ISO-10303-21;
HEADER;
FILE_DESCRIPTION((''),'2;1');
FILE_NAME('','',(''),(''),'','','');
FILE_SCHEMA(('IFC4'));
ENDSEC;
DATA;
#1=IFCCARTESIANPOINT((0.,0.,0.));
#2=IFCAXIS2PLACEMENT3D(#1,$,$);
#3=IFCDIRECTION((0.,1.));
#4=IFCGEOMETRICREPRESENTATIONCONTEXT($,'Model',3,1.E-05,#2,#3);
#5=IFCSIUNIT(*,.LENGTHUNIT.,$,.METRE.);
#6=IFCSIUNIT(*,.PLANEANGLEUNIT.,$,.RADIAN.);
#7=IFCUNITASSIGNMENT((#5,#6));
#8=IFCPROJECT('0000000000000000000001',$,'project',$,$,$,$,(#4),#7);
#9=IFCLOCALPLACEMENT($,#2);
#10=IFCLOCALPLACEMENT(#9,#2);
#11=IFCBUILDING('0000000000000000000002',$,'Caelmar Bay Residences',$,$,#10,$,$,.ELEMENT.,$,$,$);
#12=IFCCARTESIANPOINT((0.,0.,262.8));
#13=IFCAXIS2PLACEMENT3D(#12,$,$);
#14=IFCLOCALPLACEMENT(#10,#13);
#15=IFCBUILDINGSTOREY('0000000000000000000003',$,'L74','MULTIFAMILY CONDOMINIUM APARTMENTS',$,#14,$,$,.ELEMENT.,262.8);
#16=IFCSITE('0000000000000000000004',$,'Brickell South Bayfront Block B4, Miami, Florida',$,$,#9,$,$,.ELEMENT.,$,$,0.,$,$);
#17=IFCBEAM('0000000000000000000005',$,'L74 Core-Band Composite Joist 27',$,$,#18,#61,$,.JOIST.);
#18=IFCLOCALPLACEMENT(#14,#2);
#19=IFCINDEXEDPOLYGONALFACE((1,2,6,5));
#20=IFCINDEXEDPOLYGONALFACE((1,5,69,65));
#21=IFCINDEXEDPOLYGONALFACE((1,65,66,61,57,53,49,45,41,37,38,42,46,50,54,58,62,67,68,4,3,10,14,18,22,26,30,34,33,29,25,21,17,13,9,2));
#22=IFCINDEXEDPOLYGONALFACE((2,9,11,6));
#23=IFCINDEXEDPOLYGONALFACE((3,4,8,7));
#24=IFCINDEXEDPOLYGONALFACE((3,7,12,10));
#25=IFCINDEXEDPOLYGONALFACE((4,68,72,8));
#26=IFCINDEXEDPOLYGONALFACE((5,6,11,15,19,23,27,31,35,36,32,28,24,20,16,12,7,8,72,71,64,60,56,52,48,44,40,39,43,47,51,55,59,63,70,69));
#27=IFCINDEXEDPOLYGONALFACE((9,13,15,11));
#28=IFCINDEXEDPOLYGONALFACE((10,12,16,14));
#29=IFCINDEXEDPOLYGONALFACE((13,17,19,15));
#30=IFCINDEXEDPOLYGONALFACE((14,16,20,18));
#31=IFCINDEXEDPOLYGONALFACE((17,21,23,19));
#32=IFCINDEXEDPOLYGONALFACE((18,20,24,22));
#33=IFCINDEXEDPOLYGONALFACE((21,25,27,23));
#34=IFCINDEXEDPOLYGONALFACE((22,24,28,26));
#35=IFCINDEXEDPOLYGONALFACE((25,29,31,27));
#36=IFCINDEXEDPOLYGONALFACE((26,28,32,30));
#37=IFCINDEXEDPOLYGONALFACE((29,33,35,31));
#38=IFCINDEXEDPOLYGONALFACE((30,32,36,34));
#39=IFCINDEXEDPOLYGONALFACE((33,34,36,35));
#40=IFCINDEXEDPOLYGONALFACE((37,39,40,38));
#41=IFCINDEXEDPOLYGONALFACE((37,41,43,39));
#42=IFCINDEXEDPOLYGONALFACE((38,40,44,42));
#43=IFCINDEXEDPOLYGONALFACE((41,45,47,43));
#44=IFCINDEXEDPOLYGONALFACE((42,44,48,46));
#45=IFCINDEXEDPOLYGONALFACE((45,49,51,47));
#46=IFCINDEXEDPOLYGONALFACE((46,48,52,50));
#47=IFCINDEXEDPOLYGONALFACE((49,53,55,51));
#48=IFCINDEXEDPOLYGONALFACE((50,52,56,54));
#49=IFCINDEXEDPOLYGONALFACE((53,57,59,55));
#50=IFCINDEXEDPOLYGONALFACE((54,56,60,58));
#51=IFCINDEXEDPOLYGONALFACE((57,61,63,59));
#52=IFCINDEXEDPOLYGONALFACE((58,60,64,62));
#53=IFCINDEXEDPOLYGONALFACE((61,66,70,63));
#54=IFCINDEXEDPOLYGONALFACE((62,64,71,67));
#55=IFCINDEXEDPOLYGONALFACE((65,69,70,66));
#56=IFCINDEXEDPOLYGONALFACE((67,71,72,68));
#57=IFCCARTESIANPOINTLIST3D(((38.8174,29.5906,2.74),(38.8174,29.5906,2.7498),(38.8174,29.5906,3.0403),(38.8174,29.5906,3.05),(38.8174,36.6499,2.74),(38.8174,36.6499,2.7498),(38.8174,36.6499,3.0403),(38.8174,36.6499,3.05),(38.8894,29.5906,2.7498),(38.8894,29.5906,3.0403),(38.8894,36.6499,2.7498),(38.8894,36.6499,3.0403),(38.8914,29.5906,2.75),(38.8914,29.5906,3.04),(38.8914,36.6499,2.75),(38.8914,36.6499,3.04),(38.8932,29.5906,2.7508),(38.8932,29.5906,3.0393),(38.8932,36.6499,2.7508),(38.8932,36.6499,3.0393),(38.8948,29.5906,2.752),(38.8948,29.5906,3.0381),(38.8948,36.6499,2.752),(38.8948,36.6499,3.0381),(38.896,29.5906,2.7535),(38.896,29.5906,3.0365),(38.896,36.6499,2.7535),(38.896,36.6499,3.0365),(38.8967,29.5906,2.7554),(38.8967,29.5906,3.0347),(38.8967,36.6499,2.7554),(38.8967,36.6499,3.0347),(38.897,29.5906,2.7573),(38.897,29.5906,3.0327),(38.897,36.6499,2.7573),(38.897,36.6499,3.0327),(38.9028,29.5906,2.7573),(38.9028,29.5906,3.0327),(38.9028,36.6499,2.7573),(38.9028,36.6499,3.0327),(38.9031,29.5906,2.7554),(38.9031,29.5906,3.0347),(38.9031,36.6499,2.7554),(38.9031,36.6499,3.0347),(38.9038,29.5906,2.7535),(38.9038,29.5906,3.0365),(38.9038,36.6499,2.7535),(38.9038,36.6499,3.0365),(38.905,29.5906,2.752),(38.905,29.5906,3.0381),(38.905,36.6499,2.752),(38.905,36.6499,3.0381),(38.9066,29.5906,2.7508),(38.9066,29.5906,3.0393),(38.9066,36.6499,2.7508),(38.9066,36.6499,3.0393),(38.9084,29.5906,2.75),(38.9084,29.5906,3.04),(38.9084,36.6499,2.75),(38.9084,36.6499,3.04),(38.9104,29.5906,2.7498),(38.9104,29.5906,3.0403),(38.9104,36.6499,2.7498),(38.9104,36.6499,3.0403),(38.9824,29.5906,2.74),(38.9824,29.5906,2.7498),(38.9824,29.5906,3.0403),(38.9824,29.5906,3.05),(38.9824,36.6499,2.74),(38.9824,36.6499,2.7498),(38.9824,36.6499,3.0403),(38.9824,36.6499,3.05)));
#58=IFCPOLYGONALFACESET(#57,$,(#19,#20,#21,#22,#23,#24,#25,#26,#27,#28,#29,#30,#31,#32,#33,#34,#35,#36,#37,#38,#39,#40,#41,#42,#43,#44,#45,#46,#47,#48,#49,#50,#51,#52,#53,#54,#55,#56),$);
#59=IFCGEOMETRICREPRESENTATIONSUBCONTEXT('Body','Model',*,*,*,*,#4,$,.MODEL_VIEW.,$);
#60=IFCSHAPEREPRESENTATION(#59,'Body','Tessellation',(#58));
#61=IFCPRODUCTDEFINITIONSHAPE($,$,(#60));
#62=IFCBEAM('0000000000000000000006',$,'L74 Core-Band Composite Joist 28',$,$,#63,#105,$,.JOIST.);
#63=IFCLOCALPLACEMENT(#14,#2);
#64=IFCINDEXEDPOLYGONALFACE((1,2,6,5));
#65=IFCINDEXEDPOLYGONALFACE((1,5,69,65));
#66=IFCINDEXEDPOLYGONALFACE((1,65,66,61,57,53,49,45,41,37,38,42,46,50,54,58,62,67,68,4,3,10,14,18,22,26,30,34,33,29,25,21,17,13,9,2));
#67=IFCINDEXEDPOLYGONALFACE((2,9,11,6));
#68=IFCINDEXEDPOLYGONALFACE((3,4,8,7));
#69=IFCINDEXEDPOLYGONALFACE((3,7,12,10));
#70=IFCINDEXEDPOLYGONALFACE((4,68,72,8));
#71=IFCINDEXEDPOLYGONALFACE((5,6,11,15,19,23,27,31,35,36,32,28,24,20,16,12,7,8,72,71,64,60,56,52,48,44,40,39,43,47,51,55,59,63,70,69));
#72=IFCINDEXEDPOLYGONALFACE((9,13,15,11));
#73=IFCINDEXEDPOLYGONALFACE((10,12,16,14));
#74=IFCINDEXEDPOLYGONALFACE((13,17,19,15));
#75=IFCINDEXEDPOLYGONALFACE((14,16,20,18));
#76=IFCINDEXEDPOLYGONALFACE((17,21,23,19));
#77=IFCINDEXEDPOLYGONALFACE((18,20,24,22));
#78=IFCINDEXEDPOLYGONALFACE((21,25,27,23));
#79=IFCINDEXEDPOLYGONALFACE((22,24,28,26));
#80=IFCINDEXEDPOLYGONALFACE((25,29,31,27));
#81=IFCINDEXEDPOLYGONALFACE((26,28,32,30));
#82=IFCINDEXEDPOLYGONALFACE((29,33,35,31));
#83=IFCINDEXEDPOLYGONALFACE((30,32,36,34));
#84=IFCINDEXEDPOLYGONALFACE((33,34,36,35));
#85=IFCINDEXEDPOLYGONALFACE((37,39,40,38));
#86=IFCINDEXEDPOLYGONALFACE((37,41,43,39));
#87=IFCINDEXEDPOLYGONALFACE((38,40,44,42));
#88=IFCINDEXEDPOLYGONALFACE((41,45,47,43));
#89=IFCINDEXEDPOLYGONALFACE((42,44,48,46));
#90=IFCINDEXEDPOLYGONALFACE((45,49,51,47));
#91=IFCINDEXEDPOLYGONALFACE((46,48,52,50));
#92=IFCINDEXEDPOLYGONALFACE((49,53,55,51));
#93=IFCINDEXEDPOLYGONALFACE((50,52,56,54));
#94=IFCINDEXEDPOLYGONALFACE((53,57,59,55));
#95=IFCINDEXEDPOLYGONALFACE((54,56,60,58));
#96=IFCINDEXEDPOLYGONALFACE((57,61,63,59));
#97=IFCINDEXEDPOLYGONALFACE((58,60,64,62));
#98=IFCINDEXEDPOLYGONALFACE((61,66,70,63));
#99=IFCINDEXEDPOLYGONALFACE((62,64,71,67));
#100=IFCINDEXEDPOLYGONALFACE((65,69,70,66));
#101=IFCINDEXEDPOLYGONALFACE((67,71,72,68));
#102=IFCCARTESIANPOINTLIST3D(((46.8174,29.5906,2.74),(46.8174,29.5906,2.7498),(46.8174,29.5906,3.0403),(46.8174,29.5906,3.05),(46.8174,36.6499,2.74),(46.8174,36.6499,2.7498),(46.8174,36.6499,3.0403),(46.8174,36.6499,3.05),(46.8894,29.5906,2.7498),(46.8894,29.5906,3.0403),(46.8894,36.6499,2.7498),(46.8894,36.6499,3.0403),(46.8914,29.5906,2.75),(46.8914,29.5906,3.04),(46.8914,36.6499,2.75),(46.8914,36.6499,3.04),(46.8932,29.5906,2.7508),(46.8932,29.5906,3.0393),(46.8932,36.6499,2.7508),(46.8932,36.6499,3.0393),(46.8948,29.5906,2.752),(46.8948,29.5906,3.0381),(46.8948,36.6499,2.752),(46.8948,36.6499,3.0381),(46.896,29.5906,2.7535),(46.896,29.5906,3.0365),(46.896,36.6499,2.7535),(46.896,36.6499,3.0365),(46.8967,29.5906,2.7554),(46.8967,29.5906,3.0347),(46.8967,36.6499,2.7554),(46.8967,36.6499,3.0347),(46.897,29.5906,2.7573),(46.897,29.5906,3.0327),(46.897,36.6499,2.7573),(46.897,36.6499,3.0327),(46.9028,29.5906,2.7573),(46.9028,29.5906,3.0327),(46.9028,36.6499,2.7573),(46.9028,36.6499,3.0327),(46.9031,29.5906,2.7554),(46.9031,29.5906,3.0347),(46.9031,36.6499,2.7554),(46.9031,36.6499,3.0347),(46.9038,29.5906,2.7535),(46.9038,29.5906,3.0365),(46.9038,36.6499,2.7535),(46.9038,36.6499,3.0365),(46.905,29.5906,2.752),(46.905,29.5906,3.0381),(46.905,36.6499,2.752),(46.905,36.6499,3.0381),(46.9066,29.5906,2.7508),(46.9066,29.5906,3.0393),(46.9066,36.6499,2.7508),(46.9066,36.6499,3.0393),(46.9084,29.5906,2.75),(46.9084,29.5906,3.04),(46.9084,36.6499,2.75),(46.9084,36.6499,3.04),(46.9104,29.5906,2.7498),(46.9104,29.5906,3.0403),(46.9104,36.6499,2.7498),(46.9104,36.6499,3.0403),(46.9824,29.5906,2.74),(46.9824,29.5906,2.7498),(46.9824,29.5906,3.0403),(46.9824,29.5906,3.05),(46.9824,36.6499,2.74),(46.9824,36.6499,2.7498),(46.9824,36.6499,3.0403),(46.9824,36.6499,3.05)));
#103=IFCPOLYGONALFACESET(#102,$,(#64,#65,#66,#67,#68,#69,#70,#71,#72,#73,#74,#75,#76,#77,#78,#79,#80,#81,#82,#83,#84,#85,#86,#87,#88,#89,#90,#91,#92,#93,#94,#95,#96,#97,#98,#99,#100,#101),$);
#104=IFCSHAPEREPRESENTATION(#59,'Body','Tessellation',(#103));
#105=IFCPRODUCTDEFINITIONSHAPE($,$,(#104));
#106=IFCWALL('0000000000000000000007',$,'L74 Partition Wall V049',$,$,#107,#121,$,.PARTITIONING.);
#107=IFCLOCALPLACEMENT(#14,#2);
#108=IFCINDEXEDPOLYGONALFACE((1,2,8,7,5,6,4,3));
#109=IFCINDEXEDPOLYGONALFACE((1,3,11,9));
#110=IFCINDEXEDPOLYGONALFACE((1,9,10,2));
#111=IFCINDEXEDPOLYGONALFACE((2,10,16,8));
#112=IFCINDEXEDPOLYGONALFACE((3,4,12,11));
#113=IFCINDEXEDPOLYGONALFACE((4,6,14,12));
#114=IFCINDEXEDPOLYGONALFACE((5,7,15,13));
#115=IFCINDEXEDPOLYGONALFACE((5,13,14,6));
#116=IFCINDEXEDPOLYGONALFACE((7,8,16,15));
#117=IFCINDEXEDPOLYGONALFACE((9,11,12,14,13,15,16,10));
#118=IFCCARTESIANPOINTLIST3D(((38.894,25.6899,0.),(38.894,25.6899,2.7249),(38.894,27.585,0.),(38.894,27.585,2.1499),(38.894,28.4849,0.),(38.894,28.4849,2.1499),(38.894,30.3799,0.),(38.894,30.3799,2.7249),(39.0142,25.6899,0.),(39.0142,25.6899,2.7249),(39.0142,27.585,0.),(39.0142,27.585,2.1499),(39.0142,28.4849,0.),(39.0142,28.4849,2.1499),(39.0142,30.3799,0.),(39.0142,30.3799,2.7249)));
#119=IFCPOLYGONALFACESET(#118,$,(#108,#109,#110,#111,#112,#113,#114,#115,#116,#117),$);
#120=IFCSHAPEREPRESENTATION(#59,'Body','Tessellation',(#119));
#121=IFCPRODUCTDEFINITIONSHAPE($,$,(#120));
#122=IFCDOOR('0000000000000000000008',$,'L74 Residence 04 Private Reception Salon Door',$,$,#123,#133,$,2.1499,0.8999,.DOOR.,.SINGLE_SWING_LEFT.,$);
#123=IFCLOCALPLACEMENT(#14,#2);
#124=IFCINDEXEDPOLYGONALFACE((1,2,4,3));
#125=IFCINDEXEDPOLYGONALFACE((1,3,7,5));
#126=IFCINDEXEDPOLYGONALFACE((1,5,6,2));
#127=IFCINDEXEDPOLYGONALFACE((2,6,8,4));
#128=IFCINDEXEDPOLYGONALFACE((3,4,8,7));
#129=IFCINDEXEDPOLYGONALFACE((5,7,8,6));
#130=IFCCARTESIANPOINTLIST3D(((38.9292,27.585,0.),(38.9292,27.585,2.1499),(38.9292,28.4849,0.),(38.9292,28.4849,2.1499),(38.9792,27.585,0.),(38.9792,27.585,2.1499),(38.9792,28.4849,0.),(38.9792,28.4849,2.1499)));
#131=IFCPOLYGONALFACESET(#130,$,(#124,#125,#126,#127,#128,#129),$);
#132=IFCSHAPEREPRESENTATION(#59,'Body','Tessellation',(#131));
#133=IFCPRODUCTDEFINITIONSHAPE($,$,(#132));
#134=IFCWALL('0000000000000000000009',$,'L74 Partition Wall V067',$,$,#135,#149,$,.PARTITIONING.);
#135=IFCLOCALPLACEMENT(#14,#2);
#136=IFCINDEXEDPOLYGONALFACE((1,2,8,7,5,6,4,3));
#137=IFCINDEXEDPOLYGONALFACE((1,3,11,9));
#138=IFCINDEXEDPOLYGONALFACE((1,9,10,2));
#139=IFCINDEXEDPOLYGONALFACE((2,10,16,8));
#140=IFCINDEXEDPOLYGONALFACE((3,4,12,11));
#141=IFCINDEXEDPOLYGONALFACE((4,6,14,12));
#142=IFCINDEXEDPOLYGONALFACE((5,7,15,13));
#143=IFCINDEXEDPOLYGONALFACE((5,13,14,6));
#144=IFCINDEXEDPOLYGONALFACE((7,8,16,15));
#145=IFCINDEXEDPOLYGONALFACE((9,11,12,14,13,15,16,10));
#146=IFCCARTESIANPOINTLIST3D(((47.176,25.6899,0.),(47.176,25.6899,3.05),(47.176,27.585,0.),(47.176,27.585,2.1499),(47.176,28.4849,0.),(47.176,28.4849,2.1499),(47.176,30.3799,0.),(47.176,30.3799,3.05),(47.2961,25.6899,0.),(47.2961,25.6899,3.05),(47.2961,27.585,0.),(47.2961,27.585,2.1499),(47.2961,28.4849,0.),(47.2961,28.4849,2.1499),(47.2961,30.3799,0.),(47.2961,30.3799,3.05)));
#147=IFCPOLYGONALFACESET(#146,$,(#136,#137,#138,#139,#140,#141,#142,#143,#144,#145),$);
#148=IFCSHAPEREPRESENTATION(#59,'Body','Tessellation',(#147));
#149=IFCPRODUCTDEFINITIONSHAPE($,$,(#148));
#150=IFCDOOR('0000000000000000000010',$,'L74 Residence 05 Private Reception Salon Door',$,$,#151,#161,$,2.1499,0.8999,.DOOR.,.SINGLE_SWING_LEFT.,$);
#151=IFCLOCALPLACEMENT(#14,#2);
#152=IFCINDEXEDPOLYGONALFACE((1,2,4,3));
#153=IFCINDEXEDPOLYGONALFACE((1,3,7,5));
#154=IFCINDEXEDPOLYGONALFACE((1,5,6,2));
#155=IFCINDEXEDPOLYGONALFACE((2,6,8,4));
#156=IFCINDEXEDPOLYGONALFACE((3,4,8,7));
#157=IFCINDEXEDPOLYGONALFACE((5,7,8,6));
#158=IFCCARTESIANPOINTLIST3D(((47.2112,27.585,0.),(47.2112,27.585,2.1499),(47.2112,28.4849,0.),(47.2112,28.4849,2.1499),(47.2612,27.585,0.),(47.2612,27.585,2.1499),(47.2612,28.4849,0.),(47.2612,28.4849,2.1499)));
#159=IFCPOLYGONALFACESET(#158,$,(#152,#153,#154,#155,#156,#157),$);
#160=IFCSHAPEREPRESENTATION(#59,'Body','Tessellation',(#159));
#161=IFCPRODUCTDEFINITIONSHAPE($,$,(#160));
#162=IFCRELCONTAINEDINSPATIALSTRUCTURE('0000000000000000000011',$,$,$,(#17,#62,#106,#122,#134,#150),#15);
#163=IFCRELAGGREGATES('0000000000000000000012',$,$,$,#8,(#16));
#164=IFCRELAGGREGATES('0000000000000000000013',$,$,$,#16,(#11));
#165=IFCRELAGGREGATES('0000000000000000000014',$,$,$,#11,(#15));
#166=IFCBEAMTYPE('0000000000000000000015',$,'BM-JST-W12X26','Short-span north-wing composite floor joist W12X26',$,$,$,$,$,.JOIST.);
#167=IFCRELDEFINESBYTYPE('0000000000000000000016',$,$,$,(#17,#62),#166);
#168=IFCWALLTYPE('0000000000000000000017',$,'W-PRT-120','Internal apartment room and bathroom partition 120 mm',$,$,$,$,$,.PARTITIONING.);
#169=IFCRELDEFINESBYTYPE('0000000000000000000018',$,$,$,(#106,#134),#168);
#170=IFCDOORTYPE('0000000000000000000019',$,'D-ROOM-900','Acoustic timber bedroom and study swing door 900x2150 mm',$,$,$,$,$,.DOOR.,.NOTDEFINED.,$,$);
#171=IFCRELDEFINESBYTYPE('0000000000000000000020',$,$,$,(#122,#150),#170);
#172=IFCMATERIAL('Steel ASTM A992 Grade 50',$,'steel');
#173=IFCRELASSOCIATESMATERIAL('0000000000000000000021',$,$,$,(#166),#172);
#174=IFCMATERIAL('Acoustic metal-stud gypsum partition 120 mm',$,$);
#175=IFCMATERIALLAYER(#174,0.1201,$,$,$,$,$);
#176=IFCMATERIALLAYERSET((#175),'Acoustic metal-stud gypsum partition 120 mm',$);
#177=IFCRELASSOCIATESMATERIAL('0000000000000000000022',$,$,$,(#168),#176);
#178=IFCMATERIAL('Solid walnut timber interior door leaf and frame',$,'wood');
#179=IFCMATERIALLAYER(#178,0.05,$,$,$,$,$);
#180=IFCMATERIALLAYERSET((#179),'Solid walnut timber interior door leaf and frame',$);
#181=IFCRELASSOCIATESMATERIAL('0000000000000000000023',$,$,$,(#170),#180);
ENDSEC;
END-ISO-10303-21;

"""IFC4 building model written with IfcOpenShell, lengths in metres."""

from ifc_helpers import new_model, si_unit, direction, frame, frame_2d, origin, origin_2d, place, context, subcontext, project, spatial, rectangle, i_section, extrude, material, layer, layer_set, material_profile, profile_set, type_object, element, fill, save


model = new_model("IFC4")

# Units and contexts
model_context = context("Model", 3, precision=1e-05, world=origin(), true_north=direction((0.0, 1.0)))
body_context = subcontext(model_context, "Body", "Model", "MODEL_VIEW")
ifc_project = project(units=[si_unit("LENGTHUNIT", "METRE"), si_unit("PLANEANGLEUNIT", "RADIAN")], contexts=[model_context])

# Site, building, storey
site_placement = place(None, origin())
site = spatial("IfcSite", under=ifc_project, at=site_placement, Name="Brickell South Bayfront Block B4, Miami, Florida", CompositionType="ELEMENT", RefElevation=0.0)
building_placement = place(site_placement, origin())
building = spatial("IfcBuilding", under=site, at=building_placement, Name="Caelmar Bay Residences", CompositionType="ELEMENT")
storey_placement = place(building_placement, frame((0.0, 0.0, 262.8)))
storey = spatial("IfcBuildingStorey", under=building, at=storey_placement, Name="L74", Description="MULTIFAMILY CONDOMINIUM APARTMENTS", CompositionType="ELEMENT", Elevation=262.8)

# Beams
ifc_material_1 = material(Name="Steel ASTM A992 Grade 50", Category="steel")
ifc_material_profile_1 = material_profile(ifc_material_1, i_section(OverallWidth=0.165, OverallDepth=0.3101, WebThickness=0.0059, FlangeThickness=0.0098, FilletRadius=0.0076, at=origin_2d()), Name="W12X26")
ifc_profile_set_1 = profile_set([ifc_material_profile_1], Name="Steel ASTM A992 Grade 50")
beam_type_1 = type_object("IfcBeamType", Name="BM-JST-W12X26", Description="Short-span north-wing composite floor joist W12X26", PredefinedType="JOIST", material=ifc_profile_set_1)
for number, where, z_axis, x_axis, name in (
    (1, (38.8999, 29.5906, 2.895), (0.0, 1.0, 0.0), (-1.0, 0.0, 0.0), "L74 Core-Band Composite Joist 27"),
    (2, (46.8999, 29.5906, 2.895), (0.0, 1.0, 0.0), (-1.0, 0.0, 0.0), "L74 Core-Band Composite Joist 28"),
):
    element("IfcBeam", number, at=place(storey_placement, frame(where, z_axis=z_axis, x_axis=x_axis)), inside=storey, type_object=beam_type_1, Name=name, PredefinedType="JOIST", context=body_context, shape_type="SweptSolid", body=[
        extrude(i_section(OverallWidth=0.165, OverallDepth=0.3101, WebThickness=0.0059, FlangeThickness=0.0098, FilletRadius=0.0076, at=origin_2d()), origin(), (0.0, 0.0, 1.0), 7.0593),
    ])

# Walls, openings, doors
ifc_material_2 = material(Name="Acoustic metal-stud gypsum partition 120 mm")
ifc_layer_1 = layer(ifc_material_2, 0.1201)
ifc_layer_set_1 = layer_set([ifc_layer_1], Name="Acoustic metal-stud gypsum partition 120 mm")
wall_type_1 = type_object("IfcWallType", Name="W-PRT-120", Description="Internal apartment room and bathroom partition 120 mm", PredefinedType="PARTITIONING", material=ifc_layer_set_1)
wall_1_placement = place(storey_placement, frame((38.9541, 25.6899, 0.0), z_axis=(0.0, 0.0, 1.0), x_axis=(0.0, 1.0, 0.0)))
wall_1 = element("IfcWall", 3, at=wall_1_placement, inside=storey, type_object=wall_type_1, Name="L74 Partition Wall V049", PredefinedType="PARTITIONING", context=body_context, shape_type="SweptSolid", body=[
    extrude(rectangle(XDim=4.6899, YDim=0.1201, at=frame_2d((2.345, 0.0))), origin(), (0.0, 0.0, 1.0), 2.7249),
])
opening_1_placement = place(wall_1_placement, frame((1.895, 0.0, 0.0)))
opening_1 = element("IfcOpeningElement", 4, at=opening_1_placement, cuts=wall_1, PredefinedType="OPENING", context=body_context, shape_type="SweptSolid", body=[
    extrude(rectangle(XDim=0.8999, YDim=2.1499, at=frame_2d((0.45, 1.075))), frame((0.0, 0.0701, 0.0), z_axis=(0.0, -1.0, 0.0), x_axis=(1.0, 0.0, 0.0)), (0.0, 0.0, 1.0), 0.1401),
])
ifc_material_3 = material(Name="Solid walnut timber interior door leaf and frame", Category="wood")
ifc_layer_2 = layer(ifc_material_3, 0.05)
ifc_layer_set_2 = layer_set([ifc_layer_2], Name="Solid walnut timber interior door leaf and frame")
door_type = type_object("IfcDoorType", Name="D-ROOM-900", Description="Acoustic timber bedroom and study swing door 900x2150 mm", OperationType="NOTDEFINED", PredefinedType="DOOR", material=ifc_layer_set_2)
door_1_placement = place(opening_1_placement, origin())
door_1 = element("IfcDoor", 5, at=door_1_placement, inside=storey, type_object=door_type, Name="L74 Residence 04 Private Reception Salon Door", OperationType="SINGLE_SWING_LEFT", OverallHeight=2.1499, OverallWidth=0.8999, PredefinedType="DOOR", context=body_context, shape_type="SweptSolid", body=[
    extrude(rectangle(XDim=0.8999, YDim=2.1499, at=frame_2d((0.45, 1.075))), frame((0.0, 0.0249, 0.0), z_axis=(0.0, -1.0, 0.0), x_axis=(1.0, 0.0, 0.0)), (0.0, 0.0, 1.0), 0.05),
])
fill(opening_1, door_1)
wall_2_placement = place(storey_placement, frame((47.2361, 25.6899, 0.0), z_axis=(0.0, 0.0, 1.0), x_axis=(0.0, 1.0, 0.0)))
wall_2 = element("IfcWall", 6, at=wall_2_placement, inside=storey, type_object=wall_type_1, Name="L74 Partition Wall V067", PredefinedType="PARTITIONING", context=body_context, shape_type="SweptSolid", body=[
    extrude(rectangle(XDim=4.6899, YDim=0.1201, at=frame_2d((2.345, 0.0))), origin(), (0.0, 0.0, 1.0), 3.05),
])
opening_2_placement = place(wall_2_placement, frame((1.895, 0.0, 0.0)))
opening_2 = element("IfcOpeningElement", 7, at=opening_2_placement, cuts=wall_2, PredefinedType="OPENING", context=body_context, shape_type="SweptSolid", body=[
    extrude(rectangle(XDim=0.8999, YDim=2.1499, at=frame_2d((0.45, 1.075))), frame((0.0, 0.0701, 0.0), z_axis=(0.0, -1.0, 0.0), x_axis=(1.0, 0.0, 0.0)), (0.0, 0.0, 1.0), 0.1401),
])
door_2_placement = place(opening_2_placement, origin())
door_2 = element("IfcDoor", 8, at=door_2_placement, inside=storey, type_object=door_type, Name="L74 Residence 05 Private Reception Salon Door", OperationType="SINGLE_SWING_LEFT", OverallHeight=2.1499, OverallWidth=0.8999, PredefinedType="DOOR", context=body_context, shape_type="SweptSolid", body=[
    extrude(rectangle(XDim=0.8999, YDim=2.1499, at=frame_2d((0.45, 1.075))), frame((0.0, 0.0249, 0.0), z_axis=(0.0, -1.0, 0.0), x_axis=(1.0, 0.0, 0.0)), (0.0, 0.0, 1.0), 0.05),
])
fill(opening_2, door_2)

save(model, "model.ifc")
